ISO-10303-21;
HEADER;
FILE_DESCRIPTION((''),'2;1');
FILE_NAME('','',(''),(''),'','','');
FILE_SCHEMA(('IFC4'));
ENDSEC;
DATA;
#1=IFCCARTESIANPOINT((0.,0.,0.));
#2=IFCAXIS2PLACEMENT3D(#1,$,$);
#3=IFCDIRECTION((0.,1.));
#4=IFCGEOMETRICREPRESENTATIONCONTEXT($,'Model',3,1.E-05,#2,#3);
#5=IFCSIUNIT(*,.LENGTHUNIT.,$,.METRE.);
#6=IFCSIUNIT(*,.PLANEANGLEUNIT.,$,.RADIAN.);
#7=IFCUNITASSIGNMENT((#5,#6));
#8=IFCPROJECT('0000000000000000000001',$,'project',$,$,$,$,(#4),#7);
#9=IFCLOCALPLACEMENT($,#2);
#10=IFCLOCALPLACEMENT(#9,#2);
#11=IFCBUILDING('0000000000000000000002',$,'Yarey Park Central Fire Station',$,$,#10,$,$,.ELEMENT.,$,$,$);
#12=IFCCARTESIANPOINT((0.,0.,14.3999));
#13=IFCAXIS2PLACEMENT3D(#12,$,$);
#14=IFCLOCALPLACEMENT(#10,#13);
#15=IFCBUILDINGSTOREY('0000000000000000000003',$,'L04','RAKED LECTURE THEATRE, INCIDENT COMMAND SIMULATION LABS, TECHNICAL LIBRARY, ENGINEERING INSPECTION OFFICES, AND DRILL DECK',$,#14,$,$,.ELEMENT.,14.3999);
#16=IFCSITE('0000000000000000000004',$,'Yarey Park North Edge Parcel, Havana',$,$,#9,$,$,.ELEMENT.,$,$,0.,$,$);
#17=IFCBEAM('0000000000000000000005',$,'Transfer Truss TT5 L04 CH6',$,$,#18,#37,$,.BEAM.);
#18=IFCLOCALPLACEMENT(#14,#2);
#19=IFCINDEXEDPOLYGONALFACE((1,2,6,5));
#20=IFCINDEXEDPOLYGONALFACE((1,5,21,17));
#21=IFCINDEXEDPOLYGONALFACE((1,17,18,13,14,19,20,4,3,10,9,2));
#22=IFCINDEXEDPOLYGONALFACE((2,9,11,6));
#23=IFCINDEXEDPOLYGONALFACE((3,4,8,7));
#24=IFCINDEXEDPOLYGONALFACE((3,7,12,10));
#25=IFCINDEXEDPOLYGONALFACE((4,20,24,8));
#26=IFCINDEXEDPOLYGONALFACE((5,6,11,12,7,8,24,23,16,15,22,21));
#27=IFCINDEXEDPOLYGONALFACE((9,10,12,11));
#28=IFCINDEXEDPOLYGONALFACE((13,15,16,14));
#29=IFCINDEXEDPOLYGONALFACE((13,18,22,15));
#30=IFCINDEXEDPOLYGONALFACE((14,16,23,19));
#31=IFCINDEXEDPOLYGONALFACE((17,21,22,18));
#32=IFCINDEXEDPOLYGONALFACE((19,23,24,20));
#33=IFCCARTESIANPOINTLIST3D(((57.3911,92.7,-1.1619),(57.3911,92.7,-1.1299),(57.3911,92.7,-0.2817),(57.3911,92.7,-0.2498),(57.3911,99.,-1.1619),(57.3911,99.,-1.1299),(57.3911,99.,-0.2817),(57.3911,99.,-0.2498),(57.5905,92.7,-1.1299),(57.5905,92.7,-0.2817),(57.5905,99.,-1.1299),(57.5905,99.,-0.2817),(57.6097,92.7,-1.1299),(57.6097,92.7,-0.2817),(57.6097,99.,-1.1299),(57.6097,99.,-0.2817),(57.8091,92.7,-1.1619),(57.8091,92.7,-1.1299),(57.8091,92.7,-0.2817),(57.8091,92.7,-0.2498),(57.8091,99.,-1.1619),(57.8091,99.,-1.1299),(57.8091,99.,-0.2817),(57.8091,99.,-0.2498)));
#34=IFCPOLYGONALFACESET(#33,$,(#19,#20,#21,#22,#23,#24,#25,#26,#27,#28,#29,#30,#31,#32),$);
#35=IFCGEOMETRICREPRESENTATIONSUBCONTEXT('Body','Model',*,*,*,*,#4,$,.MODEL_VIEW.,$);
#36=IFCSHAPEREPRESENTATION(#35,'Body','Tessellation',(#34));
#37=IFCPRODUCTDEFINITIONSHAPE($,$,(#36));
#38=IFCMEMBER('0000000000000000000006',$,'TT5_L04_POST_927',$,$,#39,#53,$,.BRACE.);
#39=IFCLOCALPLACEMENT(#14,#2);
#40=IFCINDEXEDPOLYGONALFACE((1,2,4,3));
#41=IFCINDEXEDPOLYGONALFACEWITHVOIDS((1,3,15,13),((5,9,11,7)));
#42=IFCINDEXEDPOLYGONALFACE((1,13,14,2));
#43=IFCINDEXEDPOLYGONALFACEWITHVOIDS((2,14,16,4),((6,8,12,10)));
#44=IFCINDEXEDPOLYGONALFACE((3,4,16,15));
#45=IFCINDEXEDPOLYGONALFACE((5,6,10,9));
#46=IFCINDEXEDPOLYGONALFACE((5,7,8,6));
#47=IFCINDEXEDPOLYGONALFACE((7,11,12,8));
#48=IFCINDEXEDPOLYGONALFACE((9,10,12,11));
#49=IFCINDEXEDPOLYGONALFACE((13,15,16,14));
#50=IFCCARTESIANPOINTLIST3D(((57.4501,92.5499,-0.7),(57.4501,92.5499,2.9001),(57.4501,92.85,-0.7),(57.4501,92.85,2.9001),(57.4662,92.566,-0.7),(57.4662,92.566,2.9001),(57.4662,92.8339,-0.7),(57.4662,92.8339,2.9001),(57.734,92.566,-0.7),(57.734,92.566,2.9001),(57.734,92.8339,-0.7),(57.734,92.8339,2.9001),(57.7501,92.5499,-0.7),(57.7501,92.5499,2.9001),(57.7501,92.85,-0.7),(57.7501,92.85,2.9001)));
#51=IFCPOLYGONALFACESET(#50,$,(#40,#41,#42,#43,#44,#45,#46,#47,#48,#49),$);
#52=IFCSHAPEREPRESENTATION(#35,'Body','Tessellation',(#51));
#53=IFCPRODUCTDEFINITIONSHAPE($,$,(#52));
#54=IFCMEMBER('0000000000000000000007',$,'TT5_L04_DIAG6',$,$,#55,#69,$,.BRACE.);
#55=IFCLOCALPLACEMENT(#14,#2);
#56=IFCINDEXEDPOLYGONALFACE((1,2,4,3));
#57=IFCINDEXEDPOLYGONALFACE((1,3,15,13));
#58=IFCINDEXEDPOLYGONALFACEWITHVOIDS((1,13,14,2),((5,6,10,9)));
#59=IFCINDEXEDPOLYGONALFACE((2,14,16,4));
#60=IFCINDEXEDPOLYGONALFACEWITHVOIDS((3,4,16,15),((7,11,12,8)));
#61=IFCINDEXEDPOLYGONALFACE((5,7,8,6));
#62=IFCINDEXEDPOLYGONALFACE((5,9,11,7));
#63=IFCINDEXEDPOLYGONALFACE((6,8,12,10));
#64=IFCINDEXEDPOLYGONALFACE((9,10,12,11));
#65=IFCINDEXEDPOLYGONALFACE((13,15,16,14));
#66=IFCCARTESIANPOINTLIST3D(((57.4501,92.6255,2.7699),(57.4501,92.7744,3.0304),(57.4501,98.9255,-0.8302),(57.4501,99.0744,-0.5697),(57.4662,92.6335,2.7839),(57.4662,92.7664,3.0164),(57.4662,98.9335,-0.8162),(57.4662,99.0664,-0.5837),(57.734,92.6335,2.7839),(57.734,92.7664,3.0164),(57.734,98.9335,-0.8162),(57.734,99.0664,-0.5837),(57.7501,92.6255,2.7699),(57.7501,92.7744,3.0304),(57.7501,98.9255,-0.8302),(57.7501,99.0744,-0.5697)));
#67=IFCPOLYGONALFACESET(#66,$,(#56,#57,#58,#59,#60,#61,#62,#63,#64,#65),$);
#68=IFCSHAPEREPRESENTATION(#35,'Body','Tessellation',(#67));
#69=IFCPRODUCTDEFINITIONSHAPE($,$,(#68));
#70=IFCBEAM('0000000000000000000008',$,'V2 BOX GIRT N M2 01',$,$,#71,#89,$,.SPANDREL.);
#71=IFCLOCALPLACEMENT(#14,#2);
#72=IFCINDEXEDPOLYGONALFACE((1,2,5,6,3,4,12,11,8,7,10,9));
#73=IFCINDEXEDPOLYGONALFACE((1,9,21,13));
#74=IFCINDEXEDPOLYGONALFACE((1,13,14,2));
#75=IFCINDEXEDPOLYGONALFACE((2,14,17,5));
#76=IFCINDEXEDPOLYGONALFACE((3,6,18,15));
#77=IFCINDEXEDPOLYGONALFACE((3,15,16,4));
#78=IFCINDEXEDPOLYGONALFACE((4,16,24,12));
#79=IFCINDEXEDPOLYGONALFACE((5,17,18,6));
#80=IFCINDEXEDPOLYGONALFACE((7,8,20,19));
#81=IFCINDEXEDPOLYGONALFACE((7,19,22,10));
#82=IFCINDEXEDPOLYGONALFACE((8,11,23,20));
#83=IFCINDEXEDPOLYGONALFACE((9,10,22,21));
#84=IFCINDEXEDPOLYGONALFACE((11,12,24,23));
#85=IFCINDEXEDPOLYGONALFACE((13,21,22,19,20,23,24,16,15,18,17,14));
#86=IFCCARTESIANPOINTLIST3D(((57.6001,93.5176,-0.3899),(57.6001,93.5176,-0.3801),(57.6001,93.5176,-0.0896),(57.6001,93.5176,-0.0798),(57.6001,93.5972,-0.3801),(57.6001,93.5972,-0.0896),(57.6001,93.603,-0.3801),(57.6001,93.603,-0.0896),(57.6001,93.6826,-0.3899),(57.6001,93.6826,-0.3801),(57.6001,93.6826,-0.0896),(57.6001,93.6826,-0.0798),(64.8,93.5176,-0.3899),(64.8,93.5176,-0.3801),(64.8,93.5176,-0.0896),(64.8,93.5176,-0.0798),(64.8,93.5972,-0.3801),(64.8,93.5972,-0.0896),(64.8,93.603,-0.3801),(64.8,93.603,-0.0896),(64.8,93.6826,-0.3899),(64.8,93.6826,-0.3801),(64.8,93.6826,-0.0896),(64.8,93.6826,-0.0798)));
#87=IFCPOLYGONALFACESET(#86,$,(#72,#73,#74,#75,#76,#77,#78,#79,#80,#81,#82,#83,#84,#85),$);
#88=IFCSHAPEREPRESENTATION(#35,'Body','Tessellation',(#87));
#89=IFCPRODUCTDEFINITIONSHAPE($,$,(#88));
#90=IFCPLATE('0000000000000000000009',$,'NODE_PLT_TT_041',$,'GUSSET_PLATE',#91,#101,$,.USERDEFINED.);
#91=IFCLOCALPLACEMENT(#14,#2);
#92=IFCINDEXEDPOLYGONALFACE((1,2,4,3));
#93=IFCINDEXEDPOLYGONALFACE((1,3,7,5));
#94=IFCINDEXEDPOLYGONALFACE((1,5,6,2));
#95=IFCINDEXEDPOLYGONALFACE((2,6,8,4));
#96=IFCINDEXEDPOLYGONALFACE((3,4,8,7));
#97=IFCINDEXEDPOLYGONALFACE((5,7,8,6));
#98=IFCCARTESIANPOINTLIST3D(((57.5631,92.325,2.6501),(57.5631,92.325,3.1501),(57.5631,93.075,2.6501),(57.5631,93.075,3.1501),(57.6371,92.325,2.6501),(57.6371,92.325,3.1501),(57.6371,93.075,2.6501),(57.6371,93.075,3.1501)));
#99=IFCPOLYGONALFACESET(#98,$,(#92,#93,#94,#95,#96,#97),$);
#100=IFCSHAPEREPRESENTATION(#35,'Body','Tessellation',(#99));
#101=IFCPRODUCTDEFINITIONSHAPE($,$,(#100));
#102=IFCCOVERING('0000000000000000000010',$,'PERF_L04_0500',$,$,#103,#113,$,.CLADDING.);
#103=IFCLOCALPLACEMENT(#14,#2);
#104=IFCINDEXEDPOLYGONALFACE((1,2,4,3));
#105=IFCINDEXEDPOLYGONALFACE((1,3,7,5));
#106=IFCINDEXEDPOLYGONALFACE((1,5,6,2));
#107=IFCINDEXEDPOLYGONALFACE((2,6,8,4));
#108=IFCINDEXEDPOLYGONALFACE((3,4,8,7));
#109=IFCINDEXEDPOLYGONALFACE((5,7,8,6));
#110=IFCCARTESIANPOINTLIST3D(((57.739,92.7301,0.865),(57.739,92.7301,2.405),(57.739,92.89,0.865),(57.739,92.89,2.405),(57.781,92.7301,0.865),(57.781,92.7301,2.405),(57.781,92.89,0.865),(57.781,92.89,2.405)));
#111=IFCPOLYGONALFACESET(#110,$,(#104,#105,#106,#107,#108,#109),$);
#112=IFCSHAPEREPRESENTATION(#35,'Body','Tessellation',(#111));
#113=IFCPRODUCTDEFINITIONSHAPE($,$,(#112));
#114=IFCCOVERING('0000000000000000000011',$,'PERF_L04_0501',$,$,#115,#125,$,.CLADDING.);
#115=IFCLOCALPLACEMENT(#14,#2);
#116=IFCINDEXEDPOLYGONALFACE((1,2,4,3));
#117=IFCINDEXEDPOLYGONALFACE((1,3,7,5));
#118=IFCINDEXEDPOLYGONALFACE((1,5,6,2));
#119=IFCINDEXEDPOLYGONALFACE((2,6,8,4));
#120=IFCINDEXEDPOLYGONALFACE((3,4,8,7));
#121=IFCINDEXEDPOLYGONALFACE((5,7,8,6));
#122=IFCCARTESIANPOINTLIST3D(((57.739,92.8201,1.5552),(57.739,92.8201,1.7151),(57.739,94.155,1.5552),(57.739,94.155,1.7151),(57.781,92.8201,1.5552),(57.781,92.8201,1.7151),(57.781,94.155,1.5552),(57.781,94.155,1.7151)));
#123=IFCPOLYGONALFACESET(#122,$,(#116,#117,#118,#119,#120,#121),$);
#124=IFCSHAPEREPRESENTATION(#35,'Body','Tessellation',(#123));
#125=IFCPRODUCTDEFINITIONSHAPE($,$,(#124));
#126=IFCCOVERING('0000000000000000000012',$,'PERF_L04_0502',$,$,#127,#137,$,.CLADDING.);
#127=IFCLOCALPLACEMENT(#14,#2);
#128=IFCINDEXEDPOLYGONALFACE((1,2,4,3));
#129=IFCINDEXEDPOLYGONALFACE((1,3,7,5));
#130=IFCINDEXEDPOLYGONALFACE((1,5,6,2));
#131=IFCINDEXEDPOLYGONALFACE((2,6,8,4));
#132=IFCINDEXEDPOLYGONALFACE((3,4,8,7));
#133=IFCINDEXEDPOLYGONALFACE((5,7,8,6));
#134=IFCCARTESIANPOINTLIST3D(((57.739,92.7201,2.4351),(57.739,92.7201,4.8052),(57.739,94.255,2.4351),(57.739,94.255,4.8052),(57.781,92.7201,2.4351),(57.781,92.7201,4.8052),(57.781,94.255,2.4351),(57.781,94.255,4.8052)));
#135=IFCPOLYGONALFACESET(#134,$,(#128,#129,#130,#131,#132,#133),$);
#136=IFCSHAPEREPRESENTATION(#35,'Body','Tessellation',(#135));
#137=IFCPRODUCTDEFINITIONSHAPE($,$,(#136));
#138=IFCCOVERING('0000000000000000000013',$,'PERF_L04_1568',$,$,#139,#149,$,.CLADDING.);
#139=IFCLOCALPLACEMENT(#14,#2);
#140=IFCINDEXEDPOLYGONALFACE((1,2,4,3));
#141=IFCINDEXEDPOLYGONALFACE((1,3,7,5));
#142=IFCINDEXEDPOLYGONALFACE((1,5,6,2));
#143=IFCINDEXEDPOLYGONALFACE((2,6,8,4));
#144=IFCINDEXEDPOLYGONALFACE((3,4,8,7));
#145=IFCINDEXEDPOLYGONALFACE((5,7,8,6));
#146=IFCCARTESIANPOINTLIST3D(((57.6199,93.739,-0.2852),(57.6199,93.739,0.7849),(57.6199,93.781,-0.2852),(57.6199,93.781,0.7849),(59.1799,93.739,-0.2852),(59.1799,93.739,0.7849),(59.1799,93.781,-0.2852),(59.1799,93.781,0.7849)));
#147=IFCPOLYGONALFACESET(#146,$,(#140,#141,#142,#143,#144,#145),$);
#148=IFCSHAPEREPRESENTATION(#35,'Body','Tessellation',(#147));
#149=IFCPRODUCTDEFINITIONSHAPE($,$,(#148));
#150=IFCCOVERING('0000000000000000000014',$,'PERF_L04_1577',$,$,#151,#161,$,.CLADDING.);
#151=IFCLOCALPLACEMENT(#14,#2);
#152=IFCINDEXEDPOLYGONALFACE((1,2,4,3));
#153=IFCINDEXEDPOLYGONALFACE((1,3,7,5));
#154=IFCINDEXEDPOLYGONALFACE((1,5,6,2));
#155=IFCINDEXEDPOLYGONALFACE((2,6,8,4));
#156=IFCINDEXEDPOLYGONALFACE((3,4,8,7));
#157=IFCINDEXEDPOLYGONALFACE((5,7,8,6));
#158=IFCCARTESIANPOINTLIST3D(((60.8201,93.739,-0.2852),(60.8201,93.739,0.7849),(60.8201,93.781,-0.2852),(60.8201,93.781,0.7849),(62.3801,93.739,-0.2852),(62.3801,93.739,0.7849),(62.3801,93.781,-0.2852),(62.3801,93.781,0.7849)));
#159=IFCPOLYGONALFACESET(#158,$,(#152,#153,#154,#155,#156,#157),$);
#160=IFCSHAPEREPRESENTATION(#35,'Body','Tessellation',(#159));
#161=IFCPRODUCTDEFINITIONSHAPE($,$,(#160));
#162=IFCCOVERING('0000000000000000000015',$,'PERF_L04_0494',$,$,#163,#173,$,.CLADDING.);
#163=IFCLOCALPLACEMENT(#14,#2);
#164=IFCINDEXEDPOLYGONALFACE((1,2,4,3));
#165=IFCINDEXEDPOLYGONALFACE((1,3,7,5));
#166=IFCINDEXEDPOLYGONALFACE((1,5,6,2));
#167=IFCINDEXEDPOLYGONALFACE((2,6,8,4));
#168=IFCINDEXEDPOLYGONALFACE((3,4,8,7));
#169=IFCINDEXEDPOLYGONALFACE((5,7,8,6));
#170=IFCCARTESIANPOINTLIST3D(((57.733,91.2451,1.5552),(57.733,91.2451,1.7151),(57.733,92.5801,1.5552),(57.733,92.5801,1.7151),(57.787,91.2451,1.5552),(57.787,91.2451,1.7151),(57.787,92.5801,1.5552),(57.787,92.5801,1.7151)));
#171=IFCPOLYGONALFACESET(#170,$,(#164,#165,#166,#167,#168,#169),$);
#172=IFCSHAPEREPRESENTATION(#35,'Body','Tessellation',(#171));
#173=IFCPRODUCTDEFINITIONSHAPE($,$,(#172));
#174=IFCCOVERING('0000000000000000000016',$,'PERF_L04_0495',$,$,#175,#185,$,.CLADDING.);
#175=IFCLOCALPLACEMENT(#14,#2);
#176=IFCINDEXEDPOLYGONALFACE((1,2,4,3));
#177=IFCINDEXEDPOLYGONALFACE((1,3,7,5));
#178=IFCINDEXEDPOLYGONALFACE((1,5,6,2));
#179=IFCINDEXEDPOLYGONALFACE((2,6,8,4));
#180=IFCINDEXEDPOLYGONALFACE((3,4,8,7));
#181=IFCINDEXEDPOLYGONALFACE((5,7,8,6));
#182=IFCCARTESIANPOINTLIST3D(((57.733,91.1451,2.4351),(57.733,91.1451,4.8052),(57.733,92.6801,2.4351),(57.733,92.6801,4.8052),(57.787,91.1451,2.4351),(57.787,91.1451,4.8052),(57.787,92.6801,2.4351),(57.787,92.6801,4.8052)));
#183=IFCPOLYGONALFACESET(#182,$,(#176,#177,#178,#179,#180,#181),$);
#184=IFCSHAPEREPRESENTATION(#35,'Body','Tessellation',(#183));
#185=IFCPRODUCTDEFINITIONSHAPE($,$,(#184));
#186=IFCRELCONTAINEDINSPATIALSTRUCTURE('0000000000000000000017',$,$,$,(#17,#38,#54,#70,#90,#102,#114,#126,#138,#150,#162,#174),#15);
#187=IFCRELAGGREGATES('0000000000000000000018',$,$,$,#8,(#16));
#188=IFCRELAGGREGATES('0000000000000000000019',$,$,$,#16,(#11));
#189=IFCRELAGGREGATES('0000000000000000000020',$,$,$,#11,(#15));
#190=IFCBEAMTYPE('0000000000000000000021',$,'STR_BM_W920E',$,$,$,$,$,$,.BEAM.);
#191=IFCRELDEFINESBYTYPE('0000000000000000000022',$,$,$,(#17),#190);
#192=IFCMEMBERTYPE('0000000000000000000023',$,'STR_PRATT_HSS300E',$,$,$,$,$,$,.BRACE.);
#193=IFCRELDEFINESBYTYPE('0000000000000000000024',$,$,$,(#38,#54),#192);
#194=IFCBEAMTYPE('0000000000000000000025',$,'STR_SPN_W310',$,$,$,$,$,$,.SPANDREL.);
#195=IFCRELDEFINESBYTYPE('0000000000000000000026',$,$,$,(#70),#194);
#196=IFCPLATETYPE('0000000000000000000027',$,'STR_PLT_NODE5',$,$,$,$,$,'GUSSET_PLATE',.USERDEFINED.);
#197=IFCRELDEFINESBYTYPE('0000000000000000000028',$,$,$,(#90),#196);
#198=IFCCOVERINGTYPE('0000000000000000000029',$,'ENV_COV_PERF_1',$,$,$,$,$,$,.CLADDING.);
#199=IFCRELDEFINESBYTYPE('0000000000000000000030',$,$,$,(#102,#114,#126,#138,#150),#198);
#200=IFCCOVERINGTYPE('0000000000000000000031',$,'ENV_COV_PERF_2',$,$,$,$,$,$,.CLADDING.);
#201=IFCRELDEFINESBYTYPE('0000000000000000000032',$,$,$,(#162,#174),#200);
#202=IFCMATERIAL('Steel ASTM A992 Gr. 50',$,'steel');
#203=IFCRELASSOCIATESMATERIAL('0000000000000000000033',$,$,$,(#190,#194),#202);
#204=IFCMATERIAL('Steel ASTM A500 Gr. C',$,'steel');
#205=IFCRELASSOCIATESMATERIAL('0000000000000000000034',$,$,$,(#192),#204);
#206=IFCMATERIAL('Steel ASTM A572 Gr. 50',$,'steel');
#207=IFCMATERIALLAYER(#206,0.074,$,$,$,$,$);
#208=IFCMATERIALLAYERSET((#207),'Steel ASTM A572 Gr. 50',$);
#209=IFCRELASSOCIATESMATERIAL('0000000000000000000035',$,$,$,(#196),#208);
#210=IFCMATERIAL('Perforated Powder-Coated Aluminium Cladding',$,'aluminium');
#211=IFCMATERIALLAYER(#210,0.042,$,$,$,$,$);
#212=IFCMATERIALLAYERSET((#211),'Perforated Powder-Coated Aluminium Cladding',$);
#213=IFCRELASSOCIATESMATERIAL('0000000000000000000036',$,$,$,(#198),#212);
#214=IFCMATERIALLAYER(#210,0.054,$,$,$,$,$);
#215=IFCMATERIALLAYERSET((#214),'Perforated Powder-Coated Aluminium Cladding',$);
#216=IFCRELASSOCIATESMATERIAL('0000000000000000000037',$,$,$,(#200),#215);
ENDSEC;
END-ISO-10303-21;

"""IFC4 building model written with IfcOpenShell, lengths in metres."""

from ifc_helpers import new_model, si_unit, direction, frame, origin, origin_2d, place, context, subcontext, project, spatial, rectangle, hollow_rectangle, i_section, extrude, material, layer, layer_set, material_profile, profile_set, type_object, element, save


model = new_model("IFC4")

# Units and contexts
model_context = context("Model", 3, precision=1e-05, world=origin(), true_north=direction((0.0, 1.0)))
body_context = subcontext(model_context, "Body", "Model", "MODEL_VIEW")
ifc_project = project(units=[si_unit("LENGTHUNIT", "METRE"), si_unit("PLANEANGLEUNIT", "RADIAN")], contexts=[model_context])

# Site, building, storey
site_placement = place(None, origin())
site = spatial("IfcSite", under=ifc_project, at=site_placement, Name="Yarey Park North Edge Parcel, Havana", CompositionType="ELEMENT", RefElevation=0.0)
building_placement = place(site_placement, origin())
building = spatial("IfcBuilding", under=site, at=building_placement, Name="Yarey Park Central Fire Station", CompositionType="ELEMENT")
storey_placement = place(building_placement, frame((0.0, 0.0, 14.3999)))
storey = spatial("IfcBuildingStorey", under=building, at=storey_placement, Name="L04", Description="RAKED LECTURE THEATRE, INCIDENT COMMAND SIMULATION LABS, TECHNICAL LIBRARY, ENGINEERING INSPECTION OFFICES, AND DRILL DECK", CompositionType="ELEMENT", Elevation=14.3999)

# Beam
ifc_material_1 = material(Name="Steel ASTM A992 Gr. 50", Category="steel")
ifc_material_profile_1 = material_profile(ifc_material_1, i_section(OverallWidth=0.418, OverallDepth=0.9121, WebThickness=0.0193, FlangeThickness=0.032, at=origin_2d()), Name="W920x342")
ifc_profile_set_1 = profile_set([ifc_material_profile_1], Name="Steel ASTM A992 Gr. 50")
beam_type_1 = type_object("IfcBeamType", Name="STR_BM_W920E", PredefinedType="BEAM", material=ifc_profile_set_1)
beam_1_placement = place(storey_placement, frame((57.6001, 92.7, -0.7058), z_axis=(0.0, 1.0, 0.0), x_axis=(-1.0, 0.0, 0.0)))
element("IfcBeam", 1, at=beam_1_placement, inside=storey, type_object=beam_type_1, Name="Transfer Truss TT5 L04 CH6", PredefinedType="BEAM", context=body_context, shape_type="SweptSolid", body=[
    extrude(i_section(OverallWidth=0.418, OverallDepth=0.9121, WebThickness=0.0193, FlangeThickness=0.032, at=origin_2d()), origin(), (0.0, 0.0, 1.0), 6.3),
])

# Members
ifc_material_2 = material(Name="Steel ASTM A500 Gr. C", Category="steel")
ifc_material_profile_2 = material_profile(ifc_material_2, hollow_rectangle(XDim=0.3, YDim=0.3, WallThickness=0.0161, at=origin_2d()), Name="HSS 300x300x16")
ifc_profile_set_2 = profile_set([ifc_material_profile_2], Name="Steel ASTM A500 Gr. C")
member_type = type_object("IfcMemberType", Name="STR_PRATT_HSS300E", PredefinedType="BRACE", material=ifc_profile_set_2)
member_1_placement = place(storey_placement, frame((57.6001, 92.7, -0.7), z_axis=(0.0, 0.0, 1.0), x_axis=(1.0, 0.0, 0.0)))
element("IfcMember", 2, at=member_1_placement, inside=storey, type_object=member_type, Name="TT5_L04_POST_927", PredefinedType="BRACE", context=body_context, shape_type="SweptSolid", body=[
    extrude(hollow_rectangle(XDim=0.3, YDim=0.3, WallThickness=0.0161, at=origin_2d()), origin(), (0.0, 0.0, 1.0), 3.6001),
])
member_2_placement = place(storey_placement, frame((57.6001, 92.7, 2.9001), z_axis=(0.0, 0.868239, -0.496146), x_axis=(-1.0, 0.0, 0.0)))
element("IfcMember", 3, at=member_2_placement, inside=storey, type_object=member_type, Name="TT5_L04_DIAG6", PredefinedType="BRACE", context=body_context, shape_type="SweptSolid", body=[
    extrude(hollow_rectangle(XDim=0.3, YDim=0.3, WallThickness=0.0161, at=origin_2d()), origin(), (0.0, 0.0, 1.0), 7.2561),
])

# Beam
ifc_material_profile_3 = material_profile(ifc_material_1, i_section(OverallWidth=0.165, OverallDepth=0.3101, WebThickness=0.0059, FlangeThickness=0.0098, at=origin_2d()), Name="W310x39")
ifc_profile_set_3 = profile_set([ifc_material_profile_3], Name="Steel ASTM A992 Gr. 50")
beam_type_2 = type_object("IfcBeamType", Name="STR_SPN_W310", PredefinedType="SPANDREL", material=ifc_profile_set_3)
beam_2_placement = place(storey_placement, frame((57.6001, 93.6001, -0.2349), z_axis=(1.0, 0.0, 0.0), x_axis=(0.0, 1.0, 0.0)))
element("IfcBeam", 4, at=beam_2_placement, inside=storey, type_object=beam_type_2, Name="V2 BOX GIRT N M2 01", PredefinedType="SPANDREL", context=body_context, shape_type="SweptSolid", body=[
    extrude(i_section(OverallWidth=0.165, OverallDepth=0.3101, WebThickness=0.0059, FlangeThickness=0.0098, at=origin_2d()), origin(), (0.0, 0.0, 1.0), 7.2),
])

# Plate
ifc_material_3 = material(Name="Steel ASTM A572 Gr. 50", Category="steel")
ifc_layer_1 = layer(ifc_material_3, 0.074)
ifc_layer_set_1 = layer_set([ifc_layer_1], Name="Steel ASTM A572 Gr. 50")
plate_type = type_object("IfcPlateType", Name="STR_PLT_NODE5", ElementType="GUSSET_PLATE", PredefinedType="USERDEFINED", material=ifc_layer_set_1)
plate_placement = place(storey_placement, frame((57.6001, 92.7, 2.6501), z_axis=(0.0, 0.0, 1.0), x_axis=(1.0, 0.0, 0.0)))
element("IfcPlate", 5, at=plate_placement, inside=storey, type_object=plate_type, Name="NODE_PLT_TT_041", ObjectType="GUSSET_PLATE", PredefinedType="USERDEFINED", context=body_context, shape_type="SweptSolid", body=[
    extrude(rectangle(XDim=0.074, YDim=0.75, at=origin_2d()), origin(), (0.0, 0.0, 1.0), 0.5),
])

# Coverings
ifc_material_4 = material(Name="Perforated Powder-Coated Aluminium Cladding", Category="aluminium")
ifc_layer_2 = layer(ifc_material_4, 0.042)
ifc_layer_set_2 = layer_set([ifc_layer_2], Name="Perforated Powder-Coated Aluminium Cladding")
covering_type_1 = type_object("IfcCoveringType", Name="ENV_COV_PERF_1", PredefinedType="CLADDING", material=ifc_layer_set_2)
covering_1_placement = place(storey_placement, frame((57.76, 92.8101, 0.865), z_axis=(0.0, 0.0, 1.0), x_axis=(0.0, 1.0, 0.0)))
element("IfcCovering", 6, at=covering_1_placement, inside=storey, type_object=covering_type_1, Name="PERF_L04_0500", PredefinedType="CLADDING", context=body_context, shape_type="SweptSolid", body=[
    extrude(rectangle(XDim=0.1599, YDim=0.042, at=origin_2d()), origin(), (0.0, 0.0, 1.0), 1.54),
])
covering_2_placement = place(storey_placement, frame((57.76, 93.4875, 1.5552), z_axis=(0.0, 0.0, 1.0), x_axis=(0.0, 1.0, 0.0)))
element("IfcCovering", 7, at=covering_2_placement, inside=storey, type_object=covering_type_1, Name="PERF_L04_0501", PredefinedType="CLADDING", context=body_context, shape_type="SweptSolid", body=[
    extrude(rectangle(XDim=1.335, YDim=0.042, at=origin_2d()), origin(), (0.0, 0.0, 1.0), 0.1599),
])
covering_3_placement = place(storey_placement, frame((57.76, 93.4875, 2.4351), z_axis=(0.0, 0.0, 1.0), x_axis=(0.0, 1.0, 0.0)))
element("IfcCovering", 8, at=covering_3_placement, inside=storey, type_object=covering_type_1, Name="PERF_L04_0502", PredefinedType="CLADDING", context=body_context, shape_type="SweptSolid", body=[
    extrude(rectangle(XDim=1.5349, YDim=0.042, at=origin_2d()), origin(), (0.0, 0.0, 1.0), 2.3701),
])
for number, where, z_axis, x_axis, name in (
    (9, (58.3999, 93.76, -0.2852), (0.0, 0.0, 1.0), (1.0, 0.0, 0.0), "PERF_L04_1568"),
    (10, (61.6001, 93.76, -0.2852), (0.0, 0.0, 1.0), (1.0, 0.0, 0.0), "PERF_L04_1577"),
):
    element("IfcCovering", number, at=place(storey_placement, frame(where, z_axis=z_axis, x_axis=x_axis)), inside=storey, type_object=covering_type_1, Name=name, PredefinedType="CLADDING", context=body_context, shape_type="SweptSolid", body=[
        extrude(rectangle(XDim=1.5601, YDim=0.042, at=origin_2d()), origin(), (0.0, 0.0, 1.0), 1.0701),
    ])
ifc_layer_3 = layer(ifc_material_4, 0.054)
ifc_layer_set_3 = layer_set([ifc_layer_3], Name="Perforated Powder-Coated Aluminium Cladding")
covering_type_2 = type_object("IfcCoveringType", Name="ENV_COV_PERF_2", PredefinedType="CLADDING", material=ifc_layer_set_3)
covering_4_placement = place(storey_placement, frame((57.76, 91.9126, 1.5552), z_axis=(0.0, 0.0, 1.0), x_axis=(0.0, 1.0, 0.0)))
element("IfcCovering", 11, at=covering_4_placement, inside=storey, type_object=covering_type_2, Name="PERF_L04_0494", PredefinedType="CLADDING", context=body_context, shape_type="SweptSolid", body=[
    extrude(rectangle(XDim=1.335, YDim=0.054, at=origin_2d()), origin(), (0.0, 0.0, 1.0), 0.1599),
])
covering_5_placement = place(storey_placement, frame((57.76, 91.9126, 2.4351), z_axis=(0.0, 0.0, 1.0), x_axis=(0.0, 1.0, 0.0)))
element("IfcCovering", 12, at=covering_5_placement, inside=storey, type_object=covering_type_2, Name="PERF_L04_0495", PredefinedType="CLADDING", context=body_context, shape_type="SweptSolid", body=[
    extrude(rectangle(XDim=1.5349, YDim=0.054, at=origin_2d()), origin(), (0.0, 0.0, 1.0), 2.3701),
])

save(model, "model.ifc")
